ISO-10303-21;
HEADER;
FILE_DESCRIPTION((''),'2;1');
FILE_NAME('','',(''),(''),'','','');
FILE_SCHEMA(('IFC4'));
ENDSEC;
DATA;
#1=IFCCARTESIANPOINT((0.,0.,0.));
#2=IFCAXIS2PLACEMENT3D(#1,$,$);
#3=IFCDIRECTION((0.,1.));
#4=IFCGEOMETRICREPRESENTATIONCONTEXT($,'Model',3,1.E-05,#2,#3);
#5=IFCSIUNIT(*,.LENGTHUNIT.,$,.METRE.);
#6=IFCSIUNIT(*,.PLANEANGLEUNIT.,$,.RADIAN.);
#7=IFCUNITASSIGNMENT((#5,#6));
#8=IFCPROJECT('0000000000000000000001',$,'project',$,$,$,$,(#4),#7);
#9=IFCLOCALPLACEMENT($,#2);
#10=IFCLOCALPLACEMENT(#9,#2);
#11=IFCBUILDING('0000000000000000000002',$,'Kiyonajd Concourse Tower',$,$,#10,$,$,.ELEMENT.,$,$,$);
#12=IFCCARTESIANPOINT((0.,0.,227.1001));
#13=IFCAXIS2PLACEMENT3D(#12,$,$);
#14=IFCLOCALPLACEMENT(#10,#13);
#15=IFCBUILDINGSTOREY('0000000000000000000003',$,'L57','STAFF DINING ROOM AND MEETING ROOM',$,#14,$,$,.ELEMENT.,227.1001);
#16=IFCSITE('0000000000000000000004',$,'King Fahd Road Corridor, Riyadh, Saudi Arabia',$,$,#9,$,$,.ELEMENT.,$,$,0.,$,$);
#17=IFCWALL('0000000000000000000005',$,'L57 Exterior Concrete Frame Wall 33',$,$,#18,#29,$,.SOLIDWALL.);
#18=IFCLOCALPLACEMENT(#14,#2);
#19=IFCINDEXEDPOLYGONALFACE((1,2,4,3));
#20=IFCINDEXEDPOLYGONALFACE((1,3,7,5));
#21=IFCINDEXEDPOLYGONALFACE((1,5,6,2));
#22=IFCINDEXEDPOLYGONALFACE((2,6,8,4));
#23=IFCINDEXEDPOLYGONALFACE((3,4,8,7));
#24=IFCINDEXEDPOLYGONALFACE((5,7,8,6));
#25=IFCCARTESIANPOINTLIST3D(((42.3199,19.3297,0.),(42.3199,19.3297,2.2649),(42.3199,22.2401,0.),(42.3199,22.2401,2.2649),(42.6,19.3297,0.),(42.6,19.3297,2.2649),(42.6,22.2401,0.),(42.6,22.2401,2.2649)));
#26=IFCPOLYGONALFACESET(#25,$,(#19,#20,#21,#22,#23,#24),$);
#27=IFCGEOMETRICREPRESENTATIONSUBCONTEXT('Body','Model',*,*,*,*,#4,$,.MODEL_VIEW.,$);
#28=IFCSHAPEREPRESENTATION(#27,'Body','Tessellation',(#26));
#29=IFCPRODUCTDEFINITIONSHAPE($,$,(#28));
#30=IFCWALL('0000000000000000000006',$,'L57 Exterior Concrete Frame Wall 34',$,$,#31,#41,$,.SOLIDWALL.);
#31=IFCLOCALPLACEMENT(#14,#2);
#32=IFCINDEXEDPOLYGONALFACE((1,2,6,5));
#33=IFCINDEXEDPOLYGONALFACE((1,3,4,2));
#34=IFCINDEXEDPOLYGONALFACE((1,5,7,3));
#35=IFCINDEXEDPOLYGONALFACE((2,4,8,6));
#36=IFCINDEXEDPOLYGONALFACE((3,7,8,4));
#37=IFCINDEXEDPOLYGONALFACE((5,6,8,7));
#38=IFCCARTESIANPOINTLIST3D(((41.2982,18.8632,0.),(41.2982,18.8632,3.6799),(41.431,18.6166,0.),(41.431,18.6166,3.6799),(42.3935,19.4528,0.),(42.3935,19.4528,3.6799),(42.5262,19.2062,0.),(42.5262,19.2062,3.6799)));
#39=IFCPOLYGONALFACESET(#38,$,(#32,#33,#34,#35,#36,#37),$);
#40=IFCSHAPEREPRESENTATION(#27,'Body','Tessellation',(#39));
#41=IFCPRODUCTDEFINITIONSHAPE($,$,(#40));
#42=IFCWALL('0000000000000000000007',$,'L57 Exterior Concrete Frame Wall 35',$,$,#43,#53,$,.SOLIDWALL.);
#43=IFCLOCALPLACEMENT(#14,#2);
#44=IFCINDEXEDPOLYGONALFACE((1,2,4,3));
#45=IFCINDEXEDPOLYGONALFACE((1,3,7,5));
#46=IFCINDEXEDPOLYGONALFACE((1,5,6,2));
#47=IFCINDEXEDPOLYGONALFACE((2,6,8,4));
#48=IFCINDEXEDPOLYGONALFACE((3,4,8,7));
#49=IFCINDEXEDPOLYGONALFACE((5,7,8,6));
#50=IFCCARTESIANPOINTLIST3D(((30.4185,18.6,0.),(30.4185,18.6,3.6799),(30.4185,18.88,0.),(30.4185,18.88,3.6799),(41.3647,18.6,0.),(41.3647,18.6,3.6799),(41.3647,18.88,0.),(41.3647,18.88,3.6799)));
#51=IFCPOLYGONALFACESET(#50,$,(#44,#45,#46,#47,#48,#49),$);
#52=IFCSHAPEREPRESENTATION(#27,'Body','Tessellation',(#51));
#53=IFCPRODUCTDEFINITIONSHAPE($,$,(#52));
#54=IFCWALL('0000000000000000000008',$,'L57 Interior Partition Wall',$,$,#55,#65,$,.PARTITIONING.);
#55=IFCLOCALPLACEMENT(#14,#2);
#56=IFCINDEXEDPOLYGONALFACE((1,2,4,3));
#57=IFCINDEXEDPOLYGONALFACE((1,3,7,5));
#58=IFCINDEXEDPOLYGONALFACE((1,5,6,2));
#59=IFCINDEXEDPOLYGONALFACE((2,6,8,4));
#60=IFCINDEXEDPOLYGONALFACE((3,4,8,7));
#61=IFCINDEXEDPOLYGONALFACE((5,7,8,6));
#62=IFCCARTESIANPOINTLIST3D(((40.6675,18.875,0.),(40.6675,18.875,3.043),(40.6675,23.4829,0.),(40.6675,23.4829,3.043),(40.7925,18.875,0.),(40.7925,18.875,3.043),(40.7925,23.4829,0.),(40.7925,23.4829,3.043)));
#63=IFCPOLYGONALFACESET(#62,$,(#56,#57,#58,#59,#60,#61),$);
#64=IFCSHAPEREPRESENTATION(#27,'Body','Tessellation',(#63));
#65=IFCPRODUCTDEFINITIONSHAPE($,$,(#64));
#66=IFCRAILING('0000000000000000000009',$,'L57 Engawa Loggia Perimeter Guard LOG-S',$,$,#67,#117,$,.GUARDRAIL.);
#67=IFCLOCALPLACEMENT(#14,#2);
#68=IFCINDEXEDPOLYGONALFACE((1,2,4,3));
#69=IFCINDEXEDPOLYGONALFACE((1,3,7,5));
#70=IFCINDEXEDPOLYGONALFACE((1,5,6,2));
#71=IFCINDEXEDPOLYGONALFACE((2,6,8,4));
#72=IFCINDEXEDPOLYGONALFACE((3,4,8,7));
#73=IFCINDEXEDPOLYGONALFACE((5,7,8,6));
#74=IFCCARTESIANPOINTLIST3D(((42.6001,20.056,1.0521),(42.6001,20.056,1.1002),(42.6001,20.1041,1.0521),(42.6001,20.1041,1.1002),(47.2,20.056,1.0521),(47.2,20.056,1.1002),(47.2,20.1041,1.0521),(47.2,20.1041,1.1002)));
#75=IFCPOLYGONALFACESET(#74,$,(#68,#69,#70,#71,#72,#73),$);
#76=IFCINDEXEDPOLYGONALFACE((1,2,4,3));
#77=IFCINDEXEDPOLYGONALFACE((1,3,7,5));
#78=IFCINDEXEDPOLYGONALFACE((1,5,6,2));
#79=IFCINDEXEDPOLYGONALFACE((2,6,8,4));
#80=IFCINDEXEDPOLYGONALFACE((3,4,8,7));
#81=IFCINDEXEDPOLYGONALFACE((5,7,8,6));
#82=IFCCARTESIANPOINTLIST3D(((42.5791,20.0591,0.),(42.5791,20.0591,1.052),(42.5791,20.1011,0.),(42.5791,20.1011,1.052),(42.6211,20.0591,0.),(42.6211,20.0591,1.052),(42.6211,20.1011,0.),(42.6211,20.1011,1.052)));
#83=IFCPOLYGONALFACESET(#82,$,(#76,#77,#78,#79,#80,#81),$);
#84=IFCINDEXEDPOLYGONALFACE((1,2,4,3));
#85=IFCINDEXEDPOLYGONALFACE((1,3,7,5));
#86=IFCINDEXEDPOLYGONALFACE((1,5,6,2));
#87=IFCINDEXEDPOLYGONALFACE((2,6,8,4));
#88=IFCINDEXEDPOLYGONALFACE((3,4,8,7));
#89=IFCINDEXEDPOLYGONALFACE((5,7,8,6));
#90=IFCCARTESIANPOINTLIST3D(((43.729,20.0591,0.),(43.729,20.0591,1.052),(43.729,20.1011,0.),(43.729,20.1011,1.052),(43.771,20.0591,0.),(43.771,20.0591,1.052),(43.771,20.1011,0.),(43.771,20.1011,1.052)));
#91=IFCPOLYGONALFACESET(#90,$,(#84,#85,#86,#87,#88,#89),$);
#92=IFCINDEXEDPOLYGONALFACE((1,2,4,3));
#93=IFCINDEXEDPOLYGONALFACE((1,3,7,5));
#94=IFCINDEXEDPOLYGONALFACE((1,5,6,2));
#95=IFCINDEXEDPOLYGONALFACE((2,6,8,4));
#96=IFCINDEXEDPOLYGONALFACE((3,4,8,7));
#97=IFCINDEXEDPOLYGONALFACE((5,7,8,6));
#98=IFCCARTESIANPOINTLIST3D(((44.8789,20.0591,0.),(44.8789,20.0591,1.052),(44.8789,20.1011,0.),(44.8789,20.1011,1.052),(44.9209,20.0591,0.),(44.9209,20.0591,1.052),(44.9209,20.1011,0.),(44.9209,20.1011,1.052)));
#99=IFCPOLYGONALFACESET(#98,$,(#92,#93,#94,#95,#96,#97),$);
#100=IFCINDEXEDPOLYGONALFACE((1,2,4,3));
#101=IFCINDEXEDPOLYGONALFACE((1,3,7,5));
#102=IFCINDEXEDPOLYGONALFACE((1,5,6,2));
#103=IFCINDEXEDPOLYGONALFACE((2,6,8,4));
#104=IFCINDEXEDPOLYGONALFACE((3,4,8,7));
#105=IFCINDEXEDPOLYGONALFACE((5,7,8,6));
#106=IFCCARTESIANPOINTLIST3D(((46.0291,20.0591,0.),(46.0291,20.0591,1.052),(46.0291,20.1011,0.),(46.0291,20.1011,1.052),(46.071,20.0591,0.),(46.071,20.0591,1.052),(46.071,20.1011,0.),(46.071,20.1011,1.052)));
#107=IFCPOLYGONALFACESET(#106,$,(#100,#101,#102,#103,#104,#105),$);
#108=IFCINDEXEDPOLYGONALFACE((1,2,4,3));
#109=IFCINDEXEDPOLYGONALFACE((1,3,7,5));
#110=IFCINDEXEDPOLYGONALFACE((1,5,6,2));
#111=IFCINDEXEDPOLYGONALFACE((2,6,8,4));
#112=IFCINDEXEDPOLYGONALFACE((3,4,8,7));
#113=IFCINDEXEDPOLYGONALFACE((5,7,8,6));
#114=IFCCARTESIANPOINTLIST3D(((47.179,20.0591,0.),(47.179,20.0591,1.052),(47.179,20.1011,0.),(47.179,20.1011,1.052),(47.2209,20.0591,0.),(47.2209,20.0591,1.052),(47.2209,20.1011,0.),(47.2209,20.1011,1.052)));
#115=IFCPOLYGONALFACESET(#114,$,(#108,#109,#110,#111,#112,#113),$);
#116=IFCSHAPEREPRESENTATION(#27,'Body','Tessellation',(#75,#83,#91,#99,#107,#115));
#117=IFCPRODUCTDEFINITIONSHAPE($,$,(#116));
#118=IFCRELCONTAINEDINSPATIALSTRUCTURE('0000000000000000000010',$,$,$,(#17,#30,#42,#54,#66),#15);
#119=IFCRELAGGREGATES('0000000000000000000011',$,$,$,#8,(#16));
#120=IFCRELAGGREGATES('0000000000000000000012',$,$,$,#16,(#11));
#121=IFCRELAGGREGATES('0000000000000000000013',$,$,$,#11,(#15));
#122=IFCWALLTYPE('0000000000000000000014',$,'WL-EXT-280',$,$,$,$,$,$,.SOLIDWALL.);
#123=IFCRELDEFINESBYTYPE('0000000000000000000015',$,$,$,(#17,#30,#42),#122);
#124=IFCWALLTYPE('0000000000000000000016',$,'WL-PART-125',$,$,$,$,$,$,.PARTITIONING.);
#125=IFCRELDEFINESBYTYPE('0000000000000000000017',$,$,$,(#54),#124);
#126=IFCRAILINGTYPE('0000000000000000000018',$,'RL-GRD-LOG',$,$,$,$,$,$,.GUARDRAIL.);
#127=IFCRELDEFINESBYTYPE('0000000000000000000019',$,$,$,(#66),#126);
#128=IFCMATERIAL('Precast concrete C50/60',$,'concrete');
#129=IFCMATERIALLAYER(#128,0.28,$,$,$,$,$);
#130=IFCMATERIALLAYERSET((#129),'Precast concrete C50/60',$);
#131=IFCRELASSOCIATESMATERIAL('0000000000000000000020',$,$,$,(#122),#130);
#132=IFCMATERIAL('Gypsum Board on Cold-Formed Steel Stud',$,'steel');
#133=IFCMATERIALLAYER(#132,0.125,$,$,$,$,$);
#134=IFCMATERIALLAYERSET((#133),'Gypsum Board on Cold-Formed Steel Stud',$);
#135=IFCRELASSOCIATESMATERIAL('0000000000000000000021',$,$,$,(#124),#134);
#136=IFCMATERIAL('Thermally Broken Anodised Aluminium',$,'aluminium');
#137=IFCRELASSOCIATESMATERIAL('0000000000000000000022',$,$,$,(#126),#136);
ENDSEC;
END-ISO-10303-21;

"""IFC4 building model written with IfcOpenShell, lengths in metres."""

from ifc_helpers import new_model, si_unit, direction, frame, frame_2d, origin, origin_2d, place, context, subcontext, project, spatial, rectangle, extrude, material, layer, layer_set, type_object, element, save


model = new_model("IFC4")

# Units and contexts
model_context = context("Model", 3, precision=1e-05, world=origin(), true_north=direction((0.0, 1.0)))
body_context = subcontext(model_context, "Body", "Model", "MODEL_VIEW")
ifc_project = project(units=[si_unit("LENGTHUNIT", "METRE"), si_unit("PLANEANGLEUNIT", "RADIAN")], contexts=[model_context])

# Site, building, storey
site_placement = place(None, origin())
site = spatial("IfcSite", under=ifc_project, at=site_placement, Name="King Fahd Road Corridor, Riyadh, Saudi Arabia", CompositionType="ELEMENT", RefElevation=0.0)
building_placement = place(site_placement, origin())
building = spatial("IfcBuilding", under=site, at=building_placement, Name="Kiyonajd Concourse Tower", CompositionType="ELEMENT")
storey_placement = place(building_placement, frame((0.0, 0.0, 227.1001)))
storey = spatial("IfcBuildingStorey", under=building, at=storey_placement, Name="L57", Description="STAFF DINING ROOM AND MEETING ROOM", CompositionType="ELEMENT", Elevation=227.1001)

# Shared definitions
ifc_material_1 = material(Name="Thermally Broken Anodised Aluminium", Category="aluminium")

# Walls
ifc_material_2 = material(Name="Precast concrete C50/60", Category="concrete")
ifc_layer_1 = layer(ifc_material_2, 0.28)
ifc_layer_set_1 = layer_set([ifc_layer_1], Name="Precast concrete C50/60")
wall_type_1 = type_object("IfcWallType", Name="WL-EXT-280", PredefinedType="SOLIDWALL", material=ifc_layer_set_1)
wall_1_placement = place(storey_placement, frame((42.46, 22.24, 0.0), z_axis=(0.0, 0.0, 1.0), x_axis=(0.0, -1.0, 0.0)))
element("IfcWall", 1, at=wall_1_placement, inside=storey, type_object=wall_type_1, Name="L57 Exterior Concrete Frame Wall 33", PredefinedType="SOLIDWALL", context=body_context, shape_type="SweptSolid", body=[
    extrude(rectangle(XDim=2.9104, YDim=0.28, at=frame_2d((1.4551, 0.0))), origin(), (0.0, 0.0, 1.0), 2.2649),
])
wall_2_placement = place(storey_placement, frame((42.46, 19.3296, 0.0), z_axis=(0.0, 0.0, 1.0), x_axis=(-0.880515, -0.474018, 0.0)))
element("IfcWall", 2, at=wall_2_placement, inside=storey, type_object=wall_type_1, Name="L57 Exterior Concrete Frame Wall 34", PredefinedType="SOLIDWALL", context=body_context, shape_type="SweptSolid", body=[
    extrude(rectangle(XDim=1.2439, YDim=0.28, at=frame_2d((0.6221, 0.0))), origin(), (0.0, 0.0, 1.0), 3.6799),
])
wall_3_placement = place(storey_placement, frame((41.3647, 18.74, 0.0), z_axis=(0.0, 0.0, 1.0), x_axis=(-1.0, 0.0, 0.0)))
element("IfcWall", 3, at=wall_3_placement, inside=storey, type_object=wall_type_1, Name="L57 Exterior Concrete Frame Wall 35", PredefinedType="SOLIDWALL", context=body_context, shape_type="SweptSolid", body=[
    extrude(rectangle(XDim=10.9463, YDim=0.28, at=frame_2d((5.4731, 0.0))), origin(), (0.0, 0.0, 1.0), 3.6799),
])
ifc_material_3 = material(Name="Gypsum Board on Cold-Formed Steel Stud", Category="steel")
ifc_layer_2 = layer(ifc_material_3, 0.125)
ifc_layer_set_2 = layer_set([ifc_layer_2], Name="Gypsum Board on Cold-Formed Steel Stud")
wall_type_2 = type_object("IfcWallType", Name="WL-PART-125", PredefinedType="PARTITIONING", material=ifc_layer_set_2)
wall_4_placement = place(storey_placement, frame((40.73, 18.875, 0.0), z_axis=(0.0, 0.0, 1.0), x_axis=(0.0, 1.0, 0.0)))
element("IfcWall", 4, at=wall_4_placement, inside=storey, type_object=wall_type_2, Name="L57 Interior Partition Wall", PredefinedType="PARTITIONING", context=body_context, shape_type="SweptSolid", body=[
    extrude(rectangle(XDim=4.6079, YDim=0.125, at=frame_2d((2.304, 0.0))), origin(), (0.0, 0.0, 1.0), 3.043),
])

# Railing
railing_type = type_object("IfcRailingType", Name="RL-GRD-LOG", PredefinedType="GUARDRAIL", material=ifc_material_1)
railing_placement = place(storey_placement, frame((42.6001, 20.0801, 0.0)))
element("IfcRailing", 5, at=railing_placement, inside=storey, type_object=railing_type, Name="L57 Engawa Loggia Perimeter Guard LOG-S", PredefinedType="GUARDRAIL", context=body_context, shape_type="SweptSolid", body=[
    extrude(rectangle(XDim=0.0481, YDim=0.0481, at=origin_2d()), frame((0.0, 0.0, 1.0762), z_axis=(1.0, 0.0, 0.0), x_axis=(0.0, 1.0, 0.0)), (0.0, 0.0, 1.0), 4.5999),
    extrude(rectangle(XDim=0.042, YDim=0.042, at=origin_2d()), origin(), (0.0, 0.0, 1.0), 1.052),
    extrude(rectangle(XDim=0.042, YDim=0.042, at=origin_2d()), frame((1.1499, 0.0, 0.0)), (0.0, 0.0, 1.0), 1.052),
    extrude(rectangle(XDim=0.042, YDim=0.042, at=origin_2d()), frame((2.2998, 0.0, 0.0)), (0.0, 0.0, 1.0), 1.052),
    extrude(rectangle(XDim=0.042, YDim=0.042, at=origin_2d()), frame((3.45, 0.0, 0.0)), (0.0, 0.0, 1.0), 1.052),
    extrude(rectangle(XDim=0.042, YDim=0.042, at=origin_2d()), frame((4.5999, 0.0, 0.0)), (0.0, 0.0, 1.0), 1.052),
])

save(model, "model.ifc")
